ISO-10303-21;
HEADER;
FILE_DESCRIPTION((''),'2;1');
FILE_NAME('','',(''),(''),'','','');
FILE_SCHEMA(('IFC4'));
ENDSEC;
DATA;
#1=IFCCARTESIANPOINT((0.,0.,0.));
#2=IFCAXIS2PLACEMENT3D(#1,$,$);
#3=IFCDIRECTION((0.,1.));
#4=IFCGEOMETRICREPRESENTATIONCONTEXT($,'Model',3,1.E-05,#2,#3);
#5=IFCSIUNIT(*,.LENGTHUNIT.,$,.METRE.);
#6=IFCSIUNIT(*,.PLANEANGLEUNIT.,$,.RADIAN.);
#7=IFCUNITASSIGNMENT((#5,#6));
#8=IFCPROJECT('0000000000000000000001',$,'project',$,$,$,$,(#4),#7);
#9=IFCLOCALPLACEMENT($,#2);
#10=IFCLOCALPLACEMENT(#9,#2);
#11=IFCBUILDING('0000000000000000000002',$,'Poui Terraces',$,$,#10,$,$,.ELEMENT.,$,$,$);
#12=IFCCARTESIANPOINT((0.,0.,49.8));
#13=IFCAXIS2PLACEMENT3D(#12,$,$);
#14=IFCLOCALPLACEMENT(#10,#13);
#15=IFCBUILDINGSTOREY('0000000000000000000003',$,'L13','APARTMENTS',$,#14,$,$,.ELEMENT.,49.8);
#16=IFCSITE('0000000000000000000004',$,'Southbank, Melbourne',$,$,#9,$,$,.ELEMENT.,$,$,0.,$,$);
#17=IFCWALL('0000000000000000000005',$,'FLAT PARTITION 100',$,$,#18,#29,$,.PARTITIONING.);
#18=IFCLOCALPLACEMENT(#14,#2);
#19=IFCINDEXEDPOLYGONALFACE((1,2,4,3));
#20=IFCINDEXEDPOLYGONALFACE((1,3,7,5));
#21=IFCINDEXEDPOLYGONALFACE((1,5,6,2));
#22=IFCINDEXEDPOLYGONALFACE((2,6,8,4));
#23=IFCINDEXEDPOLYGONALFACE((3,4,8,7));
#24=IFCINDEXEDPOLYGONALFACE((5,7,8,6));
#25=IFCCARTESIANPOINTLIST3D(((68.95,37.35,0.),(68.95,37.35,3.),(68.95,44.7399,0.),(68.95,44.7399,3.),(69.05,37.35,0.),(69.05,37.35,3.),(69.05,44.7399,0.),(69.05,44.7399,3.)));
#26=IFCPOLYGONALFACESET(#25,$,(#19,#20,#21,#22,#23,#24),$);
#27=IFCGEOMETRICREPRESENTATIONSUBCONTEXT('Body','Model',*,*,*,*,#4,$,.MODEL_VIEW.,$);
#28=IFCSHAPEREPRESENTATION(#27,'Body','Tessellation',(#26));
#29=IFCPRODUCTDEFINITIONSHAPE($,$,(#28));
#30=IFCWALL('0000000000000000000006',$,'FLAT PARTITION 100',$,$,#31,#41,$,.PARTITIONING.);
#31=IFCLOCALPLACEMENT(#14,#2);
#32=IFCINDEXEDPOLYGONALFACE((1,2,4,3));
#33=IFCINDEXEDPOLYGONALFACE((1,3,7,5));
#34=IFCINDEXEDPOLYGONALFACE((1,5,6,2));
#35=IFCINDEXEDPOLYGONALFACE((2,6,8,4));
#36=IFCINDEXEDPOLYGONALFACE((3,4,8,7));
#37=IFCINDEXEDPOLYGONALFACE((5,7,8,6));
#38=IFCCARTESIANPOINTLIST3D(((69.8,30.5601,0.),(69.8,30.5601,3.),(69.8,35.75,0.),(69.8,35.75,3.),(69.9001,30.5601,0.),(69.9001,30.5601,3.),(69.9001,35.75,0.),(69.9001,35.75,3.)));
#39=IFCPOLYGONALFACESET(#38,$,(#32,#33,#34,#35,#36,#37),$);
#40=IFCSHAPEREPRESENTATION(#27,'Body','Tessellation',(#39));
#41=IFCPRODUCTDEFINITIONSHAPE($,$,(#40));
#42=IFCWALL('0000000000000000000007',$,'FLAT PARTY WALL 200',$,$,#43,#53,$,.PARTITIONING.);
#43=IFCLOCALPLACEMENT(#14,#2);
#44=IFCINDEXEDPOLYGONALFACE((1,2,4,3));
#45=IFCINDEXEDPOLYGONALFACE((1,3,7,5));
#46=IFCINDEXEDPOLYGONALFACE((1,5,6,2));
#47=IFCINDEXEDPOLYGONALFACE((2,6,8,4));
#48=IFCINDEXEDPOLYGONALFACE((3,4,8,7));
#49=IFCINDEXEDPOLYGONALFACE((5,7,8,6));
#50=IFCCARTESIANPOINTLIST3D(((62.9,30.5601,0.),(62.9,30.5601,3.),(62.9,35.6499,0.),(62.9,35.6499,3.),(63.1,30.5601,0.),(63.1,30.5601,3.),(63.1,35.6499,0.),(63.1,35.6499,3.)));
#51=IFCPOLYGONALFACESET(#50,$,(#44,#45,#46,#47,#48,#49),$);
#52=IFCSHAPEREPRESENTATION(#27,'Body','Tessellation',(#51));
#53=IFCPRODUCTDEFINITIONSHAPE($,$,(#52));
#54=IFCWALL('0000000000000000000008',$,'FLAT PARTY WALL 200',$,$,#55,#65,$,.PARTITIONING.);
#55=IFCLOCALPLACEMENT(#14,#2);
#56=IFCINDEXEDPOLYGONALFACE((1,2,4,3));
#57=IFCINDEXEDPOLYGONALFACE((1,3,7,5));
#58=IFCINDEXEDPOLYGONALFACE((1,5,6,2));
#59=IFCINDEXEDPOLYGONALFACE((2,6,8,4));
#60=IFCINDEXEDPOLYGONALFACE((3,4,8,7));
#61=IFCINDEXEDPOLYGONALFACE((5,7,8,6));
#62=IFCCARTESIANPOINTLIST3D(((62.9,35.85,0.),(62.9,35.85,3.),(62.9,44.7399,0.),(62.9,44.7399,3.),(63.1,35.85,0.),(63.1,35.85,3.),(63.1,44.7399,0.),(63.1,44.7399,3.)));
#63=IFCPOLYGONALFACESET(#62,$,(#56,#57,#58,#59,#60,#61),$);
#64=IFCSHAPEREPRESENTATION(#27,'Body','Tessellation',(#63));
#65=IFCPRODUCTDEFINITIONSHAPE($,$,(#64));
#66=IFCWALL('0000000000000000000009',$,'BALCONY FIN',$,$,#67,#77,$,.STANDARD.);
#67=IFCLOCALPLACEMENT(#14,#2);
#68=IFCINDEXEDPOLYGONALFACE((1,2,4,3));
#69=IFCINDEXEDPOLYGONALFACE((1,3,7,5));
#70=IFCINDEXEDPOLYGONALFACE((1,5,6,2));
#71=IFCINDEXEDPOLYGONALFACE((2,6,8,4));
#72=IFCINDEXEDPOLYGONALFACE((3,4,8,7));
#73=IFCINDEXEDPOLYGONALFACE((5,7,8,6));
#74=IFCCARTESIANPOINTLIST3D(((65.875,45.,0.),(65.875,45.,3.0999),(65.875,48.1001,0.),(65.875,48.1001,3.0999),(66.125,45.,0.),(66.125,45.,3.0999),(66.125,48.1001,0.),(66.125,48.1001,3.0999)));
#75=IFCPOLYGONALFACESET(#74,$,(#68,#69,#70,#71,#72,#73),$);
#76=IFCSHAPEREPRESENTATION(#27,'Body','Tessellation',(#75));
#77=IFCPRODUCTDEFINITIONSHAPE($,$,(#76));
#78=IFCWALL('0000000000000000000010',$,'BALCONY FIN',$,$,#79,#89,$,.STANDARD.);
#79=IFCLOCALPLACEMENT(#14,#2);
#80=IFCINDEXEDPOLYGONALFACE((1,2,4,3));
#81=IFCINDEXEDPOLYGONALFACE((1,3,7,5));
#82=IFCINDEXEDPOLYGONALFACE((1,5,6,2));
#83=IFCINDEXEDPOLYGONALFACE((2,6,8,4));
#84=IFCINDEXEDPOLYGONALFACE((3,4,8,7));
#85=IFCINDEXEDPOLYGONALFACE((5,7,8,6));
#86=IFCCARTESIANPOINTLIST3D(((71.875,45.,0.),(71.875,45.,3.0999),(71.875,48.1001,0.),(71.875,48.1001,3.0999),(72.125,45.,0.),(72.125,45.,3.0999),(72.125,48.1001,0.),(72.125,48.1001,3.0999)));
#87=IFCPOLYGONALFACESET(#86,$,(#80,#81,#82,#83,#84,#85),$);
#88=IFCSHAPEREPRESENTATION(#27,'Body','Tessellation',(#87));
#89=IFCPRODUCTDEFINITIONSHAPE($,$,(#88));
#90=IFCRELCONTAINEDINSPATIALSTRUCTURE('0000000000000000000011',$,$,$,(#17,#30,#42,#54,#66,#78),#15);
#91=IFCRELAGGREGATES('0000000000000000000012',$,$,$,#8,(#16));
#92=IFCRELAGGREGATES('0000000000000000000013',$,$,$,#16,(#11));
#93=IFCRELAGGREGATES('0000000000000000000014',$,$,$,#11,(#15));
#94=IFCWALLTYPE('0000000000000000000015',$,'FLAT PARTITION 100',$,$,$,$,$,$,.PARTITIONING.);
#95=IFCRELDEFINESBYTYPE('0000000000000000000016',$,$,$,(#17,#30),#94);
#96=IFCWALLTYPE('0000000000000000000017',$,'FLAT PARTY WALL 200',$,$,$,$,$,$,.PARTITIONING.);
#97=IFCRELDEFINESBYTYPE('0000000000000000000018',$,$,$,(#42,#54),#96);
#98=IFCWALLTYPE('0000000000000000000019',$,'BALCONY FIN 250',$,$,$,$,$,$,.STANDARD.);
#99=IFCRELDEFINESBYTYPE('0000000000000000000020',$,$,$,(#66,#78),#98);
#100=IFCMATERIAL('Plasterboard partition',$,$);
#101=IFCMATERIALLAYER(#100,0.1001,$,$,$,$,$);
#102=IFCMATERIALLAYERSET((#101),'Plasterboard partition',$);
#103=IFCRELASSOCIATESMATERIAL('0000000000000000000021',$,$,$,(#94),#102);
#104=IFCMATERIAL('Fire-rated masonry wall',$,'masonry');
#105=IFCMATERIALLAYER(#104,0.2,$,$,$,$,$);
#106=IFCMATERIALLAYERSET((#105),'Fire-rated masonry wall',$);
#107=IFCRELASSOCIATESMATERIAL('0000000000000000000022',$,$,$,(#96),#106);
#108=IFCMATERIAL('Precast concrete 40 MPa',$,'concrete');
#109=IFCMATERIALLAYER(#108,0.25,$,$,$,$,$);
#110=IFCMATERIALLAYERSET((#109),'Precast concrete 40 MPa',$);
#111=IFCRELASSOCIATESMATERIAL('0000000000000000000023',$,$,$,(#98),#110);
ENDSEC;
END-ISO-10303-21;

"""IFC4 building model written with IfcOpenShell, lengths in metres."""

from ifc_helpers import new_model, si_unit, direction, frame, frame_2d, origin, place, context, subcontext, project, spatial, polyline, rectangle, outline, extrude, source, transform, mapped, material, layer, layer_set, type_object, element, save


model = new_model("IFC4")

# Units and contexts
model_context = context("Model", 3, precision=1e-05, world=origin(), true_north=direction((0.0, 1.0)))
body_context = subcontext(model_context, "Body", "Model", "MODEL_VIEW")
ifc_project = project(units=[si_unit("LENGTHUNIT", "METRE"), si_unit("PLANEANGLEUNIT", "RADIAN")], contexts=[model_context])

# Site, building, storey
site_placement = place(None, origin())
site = spatial("IfcSite", under=ifc_project, at=site_placement, Name="Southbank, Melbourne", CompositionType="ELEMENT", RefElevation=0.0)
building_placement = place(site_placement, origin())
building = spatial("IfcBuilding", under=site, at=building_placement, Name="Poui Terraces", CompositionType="ELEMENT")
storey_placement = place(building_placement, frame((0.0, 0.0, 49.8)))
storey = spatial("IfcBuildingStorey", under=building, at=storey_placement, Name="L13", Description="APARTMENTS", CompositionType="ELEMENT", Elevation=49.8)

# Shared definitions
ifc_material_1 = material(Name="Plasterboard partition")
ifc_layer_1 = layer(ifc_material_1, 0.1001)
ifc_layer_set_1 = layer_set([ifc_layer_1], Name="Plasterboard partition")
wall_type_1 = type_object("IfcWallType", Name="FLAT PARTITION 100", PredefinedType="PARTITIONING", material=ifc_layer_set_1)

# Walls
wall_1_placement = place(storey_placement, frame((69.0, 37.3501, 0.0), z_axis=(0.0, 0.0, 1.0), x_axis=(0.0, 1.0, 0.0)))
element("IfcWall", 1, at=wall_1_placement, inside=storey, type_object=wall_type_1, Name="FLAT PARTITION 100", PredefinedType="PARTITIONING", context=body_context, shape_type="SweptSolid", body=[
    extrude(rectangle(XDim=7.3899, YDim=0.1001, at=frame_2d((3.6948, 0.0))), origin(), (0.0, 0.0, 1.0), 3.0),
])
wall_2_placement = place(storey_placement, frame((69.8501, 30.5601, 0.0), z_axis=(0.0, 0.0, 1.0), x_axis=(0.0, 1.0, 0.0)))
element("IfcWall", 2, at=wall_2_placement, inside=storey, type_object=wall_type_1, Name="FLAT PARTITION 100", PredefinedType="PARTITIONING", context=body_context, shape_type="SweptSolid", body=[
    extrude(rectangle(XDim=5.1899, YDim=0.1001, at=frame_2d((2.595, 0.0))), origin(), (0.0, 0.0, 1.0), 3.0),
])
ifc_material_2 = material(Name="Fire-rated masonry wall", Category="masonry")
ifc_layer_2 = layer(ifc_material_2, 0.2)
ifc_layer_set_2 = layer_set([ifc_layer_2], Name="Fire-rated masonry wall")
wall_type_2 = type_object("IfcWallType", Name="FLAT PARTY WALL 200", PredefinedType="PARTITIONING", material=ifc_layer_set_2)
wall_3_placement = place(storey_placement, frame((63.0, 30.5601, 0.0), z_axis=(0.0, 0.0, 1.0), x_axis=(0.0, 1.0, 0.0)))
element("IfcWall", 3, at=wall_3_placement, inside=storey, type_object=wall_type_2, Name="FLAT PARTY WALL 200", PredefinedType="PARTITIONING", context=body_context, shape_type="SweptSolid", body=[
    extrude(rectangle(XDim=5.0898, YDim=0.2, at=frame_2d((2.5449, 0.0))), origin(), (0.0, 0.0, 1.0), 3.0),
])
wall_4_placement = place(storey_placement, frame((63.0, 35.8501, 0.0), z_axis=(0.0, 0.0, 1.0), x_axis=(0.0, 1.0, 0.0)))
element("IfcWall", 4, at=wall_4_placement, inside=storey, type_object=wall_type_2, Name="FLAT PARTY WALL 200", PredefinedType="PARTITIONING", context=body_context, shape_type="SweptSolid", body=[
    extrude(rectangle(XDim=8.8899, YDim=0.2, at=frame_2d((4.4448, 0.0))), origin(), (0.0, 0.0, 1.0), 3.0),
])
ifc_material_3 = material(Name="Precast concrete 40 MPa", Category="concrete")
ifc_layer_3 = layer(ifc_material_3, 0.25)
ifc_layer_set_3 = layer_set([ifc_layer_3], Name="Precast concrete 40 MPa")
wall_type_3 = type_object("IfcWallType", Name="BALCONY FIN 250", PredefinedType="STANDARD", material=ifc_layer_set_3)
shared_shape_1 = source(origin(), body_context, "Body", "SweptSolid", [
    extrude(outline(polyline([(0.0, 0.0), (0.25, 0.0), (0.25, 3.1001), (0.0, 3.1001), (0.0, 0.0)])), origin(), (0.0, 0.0, 1.0), 3.0999),
])
for number, where, name in (
    (5, (65.875, 45.0, 0.0), "BALCONY FIN"),
    (6, (71.875, 45.0, 0.0), "BALCONY FIN"),
):
    element("IfcWall", number, at=place(storey_placement, frame(where)), inside=storey, type_object=wall_type_3, Name=name, PredefinedType="STANDARD", context=body_context, shape_type="MappedRepresentation", body=[
        mapped(shared_shape_1, transform((0.0, 0.0, 0.0))),
    ])

save(model, "model.ifc")
